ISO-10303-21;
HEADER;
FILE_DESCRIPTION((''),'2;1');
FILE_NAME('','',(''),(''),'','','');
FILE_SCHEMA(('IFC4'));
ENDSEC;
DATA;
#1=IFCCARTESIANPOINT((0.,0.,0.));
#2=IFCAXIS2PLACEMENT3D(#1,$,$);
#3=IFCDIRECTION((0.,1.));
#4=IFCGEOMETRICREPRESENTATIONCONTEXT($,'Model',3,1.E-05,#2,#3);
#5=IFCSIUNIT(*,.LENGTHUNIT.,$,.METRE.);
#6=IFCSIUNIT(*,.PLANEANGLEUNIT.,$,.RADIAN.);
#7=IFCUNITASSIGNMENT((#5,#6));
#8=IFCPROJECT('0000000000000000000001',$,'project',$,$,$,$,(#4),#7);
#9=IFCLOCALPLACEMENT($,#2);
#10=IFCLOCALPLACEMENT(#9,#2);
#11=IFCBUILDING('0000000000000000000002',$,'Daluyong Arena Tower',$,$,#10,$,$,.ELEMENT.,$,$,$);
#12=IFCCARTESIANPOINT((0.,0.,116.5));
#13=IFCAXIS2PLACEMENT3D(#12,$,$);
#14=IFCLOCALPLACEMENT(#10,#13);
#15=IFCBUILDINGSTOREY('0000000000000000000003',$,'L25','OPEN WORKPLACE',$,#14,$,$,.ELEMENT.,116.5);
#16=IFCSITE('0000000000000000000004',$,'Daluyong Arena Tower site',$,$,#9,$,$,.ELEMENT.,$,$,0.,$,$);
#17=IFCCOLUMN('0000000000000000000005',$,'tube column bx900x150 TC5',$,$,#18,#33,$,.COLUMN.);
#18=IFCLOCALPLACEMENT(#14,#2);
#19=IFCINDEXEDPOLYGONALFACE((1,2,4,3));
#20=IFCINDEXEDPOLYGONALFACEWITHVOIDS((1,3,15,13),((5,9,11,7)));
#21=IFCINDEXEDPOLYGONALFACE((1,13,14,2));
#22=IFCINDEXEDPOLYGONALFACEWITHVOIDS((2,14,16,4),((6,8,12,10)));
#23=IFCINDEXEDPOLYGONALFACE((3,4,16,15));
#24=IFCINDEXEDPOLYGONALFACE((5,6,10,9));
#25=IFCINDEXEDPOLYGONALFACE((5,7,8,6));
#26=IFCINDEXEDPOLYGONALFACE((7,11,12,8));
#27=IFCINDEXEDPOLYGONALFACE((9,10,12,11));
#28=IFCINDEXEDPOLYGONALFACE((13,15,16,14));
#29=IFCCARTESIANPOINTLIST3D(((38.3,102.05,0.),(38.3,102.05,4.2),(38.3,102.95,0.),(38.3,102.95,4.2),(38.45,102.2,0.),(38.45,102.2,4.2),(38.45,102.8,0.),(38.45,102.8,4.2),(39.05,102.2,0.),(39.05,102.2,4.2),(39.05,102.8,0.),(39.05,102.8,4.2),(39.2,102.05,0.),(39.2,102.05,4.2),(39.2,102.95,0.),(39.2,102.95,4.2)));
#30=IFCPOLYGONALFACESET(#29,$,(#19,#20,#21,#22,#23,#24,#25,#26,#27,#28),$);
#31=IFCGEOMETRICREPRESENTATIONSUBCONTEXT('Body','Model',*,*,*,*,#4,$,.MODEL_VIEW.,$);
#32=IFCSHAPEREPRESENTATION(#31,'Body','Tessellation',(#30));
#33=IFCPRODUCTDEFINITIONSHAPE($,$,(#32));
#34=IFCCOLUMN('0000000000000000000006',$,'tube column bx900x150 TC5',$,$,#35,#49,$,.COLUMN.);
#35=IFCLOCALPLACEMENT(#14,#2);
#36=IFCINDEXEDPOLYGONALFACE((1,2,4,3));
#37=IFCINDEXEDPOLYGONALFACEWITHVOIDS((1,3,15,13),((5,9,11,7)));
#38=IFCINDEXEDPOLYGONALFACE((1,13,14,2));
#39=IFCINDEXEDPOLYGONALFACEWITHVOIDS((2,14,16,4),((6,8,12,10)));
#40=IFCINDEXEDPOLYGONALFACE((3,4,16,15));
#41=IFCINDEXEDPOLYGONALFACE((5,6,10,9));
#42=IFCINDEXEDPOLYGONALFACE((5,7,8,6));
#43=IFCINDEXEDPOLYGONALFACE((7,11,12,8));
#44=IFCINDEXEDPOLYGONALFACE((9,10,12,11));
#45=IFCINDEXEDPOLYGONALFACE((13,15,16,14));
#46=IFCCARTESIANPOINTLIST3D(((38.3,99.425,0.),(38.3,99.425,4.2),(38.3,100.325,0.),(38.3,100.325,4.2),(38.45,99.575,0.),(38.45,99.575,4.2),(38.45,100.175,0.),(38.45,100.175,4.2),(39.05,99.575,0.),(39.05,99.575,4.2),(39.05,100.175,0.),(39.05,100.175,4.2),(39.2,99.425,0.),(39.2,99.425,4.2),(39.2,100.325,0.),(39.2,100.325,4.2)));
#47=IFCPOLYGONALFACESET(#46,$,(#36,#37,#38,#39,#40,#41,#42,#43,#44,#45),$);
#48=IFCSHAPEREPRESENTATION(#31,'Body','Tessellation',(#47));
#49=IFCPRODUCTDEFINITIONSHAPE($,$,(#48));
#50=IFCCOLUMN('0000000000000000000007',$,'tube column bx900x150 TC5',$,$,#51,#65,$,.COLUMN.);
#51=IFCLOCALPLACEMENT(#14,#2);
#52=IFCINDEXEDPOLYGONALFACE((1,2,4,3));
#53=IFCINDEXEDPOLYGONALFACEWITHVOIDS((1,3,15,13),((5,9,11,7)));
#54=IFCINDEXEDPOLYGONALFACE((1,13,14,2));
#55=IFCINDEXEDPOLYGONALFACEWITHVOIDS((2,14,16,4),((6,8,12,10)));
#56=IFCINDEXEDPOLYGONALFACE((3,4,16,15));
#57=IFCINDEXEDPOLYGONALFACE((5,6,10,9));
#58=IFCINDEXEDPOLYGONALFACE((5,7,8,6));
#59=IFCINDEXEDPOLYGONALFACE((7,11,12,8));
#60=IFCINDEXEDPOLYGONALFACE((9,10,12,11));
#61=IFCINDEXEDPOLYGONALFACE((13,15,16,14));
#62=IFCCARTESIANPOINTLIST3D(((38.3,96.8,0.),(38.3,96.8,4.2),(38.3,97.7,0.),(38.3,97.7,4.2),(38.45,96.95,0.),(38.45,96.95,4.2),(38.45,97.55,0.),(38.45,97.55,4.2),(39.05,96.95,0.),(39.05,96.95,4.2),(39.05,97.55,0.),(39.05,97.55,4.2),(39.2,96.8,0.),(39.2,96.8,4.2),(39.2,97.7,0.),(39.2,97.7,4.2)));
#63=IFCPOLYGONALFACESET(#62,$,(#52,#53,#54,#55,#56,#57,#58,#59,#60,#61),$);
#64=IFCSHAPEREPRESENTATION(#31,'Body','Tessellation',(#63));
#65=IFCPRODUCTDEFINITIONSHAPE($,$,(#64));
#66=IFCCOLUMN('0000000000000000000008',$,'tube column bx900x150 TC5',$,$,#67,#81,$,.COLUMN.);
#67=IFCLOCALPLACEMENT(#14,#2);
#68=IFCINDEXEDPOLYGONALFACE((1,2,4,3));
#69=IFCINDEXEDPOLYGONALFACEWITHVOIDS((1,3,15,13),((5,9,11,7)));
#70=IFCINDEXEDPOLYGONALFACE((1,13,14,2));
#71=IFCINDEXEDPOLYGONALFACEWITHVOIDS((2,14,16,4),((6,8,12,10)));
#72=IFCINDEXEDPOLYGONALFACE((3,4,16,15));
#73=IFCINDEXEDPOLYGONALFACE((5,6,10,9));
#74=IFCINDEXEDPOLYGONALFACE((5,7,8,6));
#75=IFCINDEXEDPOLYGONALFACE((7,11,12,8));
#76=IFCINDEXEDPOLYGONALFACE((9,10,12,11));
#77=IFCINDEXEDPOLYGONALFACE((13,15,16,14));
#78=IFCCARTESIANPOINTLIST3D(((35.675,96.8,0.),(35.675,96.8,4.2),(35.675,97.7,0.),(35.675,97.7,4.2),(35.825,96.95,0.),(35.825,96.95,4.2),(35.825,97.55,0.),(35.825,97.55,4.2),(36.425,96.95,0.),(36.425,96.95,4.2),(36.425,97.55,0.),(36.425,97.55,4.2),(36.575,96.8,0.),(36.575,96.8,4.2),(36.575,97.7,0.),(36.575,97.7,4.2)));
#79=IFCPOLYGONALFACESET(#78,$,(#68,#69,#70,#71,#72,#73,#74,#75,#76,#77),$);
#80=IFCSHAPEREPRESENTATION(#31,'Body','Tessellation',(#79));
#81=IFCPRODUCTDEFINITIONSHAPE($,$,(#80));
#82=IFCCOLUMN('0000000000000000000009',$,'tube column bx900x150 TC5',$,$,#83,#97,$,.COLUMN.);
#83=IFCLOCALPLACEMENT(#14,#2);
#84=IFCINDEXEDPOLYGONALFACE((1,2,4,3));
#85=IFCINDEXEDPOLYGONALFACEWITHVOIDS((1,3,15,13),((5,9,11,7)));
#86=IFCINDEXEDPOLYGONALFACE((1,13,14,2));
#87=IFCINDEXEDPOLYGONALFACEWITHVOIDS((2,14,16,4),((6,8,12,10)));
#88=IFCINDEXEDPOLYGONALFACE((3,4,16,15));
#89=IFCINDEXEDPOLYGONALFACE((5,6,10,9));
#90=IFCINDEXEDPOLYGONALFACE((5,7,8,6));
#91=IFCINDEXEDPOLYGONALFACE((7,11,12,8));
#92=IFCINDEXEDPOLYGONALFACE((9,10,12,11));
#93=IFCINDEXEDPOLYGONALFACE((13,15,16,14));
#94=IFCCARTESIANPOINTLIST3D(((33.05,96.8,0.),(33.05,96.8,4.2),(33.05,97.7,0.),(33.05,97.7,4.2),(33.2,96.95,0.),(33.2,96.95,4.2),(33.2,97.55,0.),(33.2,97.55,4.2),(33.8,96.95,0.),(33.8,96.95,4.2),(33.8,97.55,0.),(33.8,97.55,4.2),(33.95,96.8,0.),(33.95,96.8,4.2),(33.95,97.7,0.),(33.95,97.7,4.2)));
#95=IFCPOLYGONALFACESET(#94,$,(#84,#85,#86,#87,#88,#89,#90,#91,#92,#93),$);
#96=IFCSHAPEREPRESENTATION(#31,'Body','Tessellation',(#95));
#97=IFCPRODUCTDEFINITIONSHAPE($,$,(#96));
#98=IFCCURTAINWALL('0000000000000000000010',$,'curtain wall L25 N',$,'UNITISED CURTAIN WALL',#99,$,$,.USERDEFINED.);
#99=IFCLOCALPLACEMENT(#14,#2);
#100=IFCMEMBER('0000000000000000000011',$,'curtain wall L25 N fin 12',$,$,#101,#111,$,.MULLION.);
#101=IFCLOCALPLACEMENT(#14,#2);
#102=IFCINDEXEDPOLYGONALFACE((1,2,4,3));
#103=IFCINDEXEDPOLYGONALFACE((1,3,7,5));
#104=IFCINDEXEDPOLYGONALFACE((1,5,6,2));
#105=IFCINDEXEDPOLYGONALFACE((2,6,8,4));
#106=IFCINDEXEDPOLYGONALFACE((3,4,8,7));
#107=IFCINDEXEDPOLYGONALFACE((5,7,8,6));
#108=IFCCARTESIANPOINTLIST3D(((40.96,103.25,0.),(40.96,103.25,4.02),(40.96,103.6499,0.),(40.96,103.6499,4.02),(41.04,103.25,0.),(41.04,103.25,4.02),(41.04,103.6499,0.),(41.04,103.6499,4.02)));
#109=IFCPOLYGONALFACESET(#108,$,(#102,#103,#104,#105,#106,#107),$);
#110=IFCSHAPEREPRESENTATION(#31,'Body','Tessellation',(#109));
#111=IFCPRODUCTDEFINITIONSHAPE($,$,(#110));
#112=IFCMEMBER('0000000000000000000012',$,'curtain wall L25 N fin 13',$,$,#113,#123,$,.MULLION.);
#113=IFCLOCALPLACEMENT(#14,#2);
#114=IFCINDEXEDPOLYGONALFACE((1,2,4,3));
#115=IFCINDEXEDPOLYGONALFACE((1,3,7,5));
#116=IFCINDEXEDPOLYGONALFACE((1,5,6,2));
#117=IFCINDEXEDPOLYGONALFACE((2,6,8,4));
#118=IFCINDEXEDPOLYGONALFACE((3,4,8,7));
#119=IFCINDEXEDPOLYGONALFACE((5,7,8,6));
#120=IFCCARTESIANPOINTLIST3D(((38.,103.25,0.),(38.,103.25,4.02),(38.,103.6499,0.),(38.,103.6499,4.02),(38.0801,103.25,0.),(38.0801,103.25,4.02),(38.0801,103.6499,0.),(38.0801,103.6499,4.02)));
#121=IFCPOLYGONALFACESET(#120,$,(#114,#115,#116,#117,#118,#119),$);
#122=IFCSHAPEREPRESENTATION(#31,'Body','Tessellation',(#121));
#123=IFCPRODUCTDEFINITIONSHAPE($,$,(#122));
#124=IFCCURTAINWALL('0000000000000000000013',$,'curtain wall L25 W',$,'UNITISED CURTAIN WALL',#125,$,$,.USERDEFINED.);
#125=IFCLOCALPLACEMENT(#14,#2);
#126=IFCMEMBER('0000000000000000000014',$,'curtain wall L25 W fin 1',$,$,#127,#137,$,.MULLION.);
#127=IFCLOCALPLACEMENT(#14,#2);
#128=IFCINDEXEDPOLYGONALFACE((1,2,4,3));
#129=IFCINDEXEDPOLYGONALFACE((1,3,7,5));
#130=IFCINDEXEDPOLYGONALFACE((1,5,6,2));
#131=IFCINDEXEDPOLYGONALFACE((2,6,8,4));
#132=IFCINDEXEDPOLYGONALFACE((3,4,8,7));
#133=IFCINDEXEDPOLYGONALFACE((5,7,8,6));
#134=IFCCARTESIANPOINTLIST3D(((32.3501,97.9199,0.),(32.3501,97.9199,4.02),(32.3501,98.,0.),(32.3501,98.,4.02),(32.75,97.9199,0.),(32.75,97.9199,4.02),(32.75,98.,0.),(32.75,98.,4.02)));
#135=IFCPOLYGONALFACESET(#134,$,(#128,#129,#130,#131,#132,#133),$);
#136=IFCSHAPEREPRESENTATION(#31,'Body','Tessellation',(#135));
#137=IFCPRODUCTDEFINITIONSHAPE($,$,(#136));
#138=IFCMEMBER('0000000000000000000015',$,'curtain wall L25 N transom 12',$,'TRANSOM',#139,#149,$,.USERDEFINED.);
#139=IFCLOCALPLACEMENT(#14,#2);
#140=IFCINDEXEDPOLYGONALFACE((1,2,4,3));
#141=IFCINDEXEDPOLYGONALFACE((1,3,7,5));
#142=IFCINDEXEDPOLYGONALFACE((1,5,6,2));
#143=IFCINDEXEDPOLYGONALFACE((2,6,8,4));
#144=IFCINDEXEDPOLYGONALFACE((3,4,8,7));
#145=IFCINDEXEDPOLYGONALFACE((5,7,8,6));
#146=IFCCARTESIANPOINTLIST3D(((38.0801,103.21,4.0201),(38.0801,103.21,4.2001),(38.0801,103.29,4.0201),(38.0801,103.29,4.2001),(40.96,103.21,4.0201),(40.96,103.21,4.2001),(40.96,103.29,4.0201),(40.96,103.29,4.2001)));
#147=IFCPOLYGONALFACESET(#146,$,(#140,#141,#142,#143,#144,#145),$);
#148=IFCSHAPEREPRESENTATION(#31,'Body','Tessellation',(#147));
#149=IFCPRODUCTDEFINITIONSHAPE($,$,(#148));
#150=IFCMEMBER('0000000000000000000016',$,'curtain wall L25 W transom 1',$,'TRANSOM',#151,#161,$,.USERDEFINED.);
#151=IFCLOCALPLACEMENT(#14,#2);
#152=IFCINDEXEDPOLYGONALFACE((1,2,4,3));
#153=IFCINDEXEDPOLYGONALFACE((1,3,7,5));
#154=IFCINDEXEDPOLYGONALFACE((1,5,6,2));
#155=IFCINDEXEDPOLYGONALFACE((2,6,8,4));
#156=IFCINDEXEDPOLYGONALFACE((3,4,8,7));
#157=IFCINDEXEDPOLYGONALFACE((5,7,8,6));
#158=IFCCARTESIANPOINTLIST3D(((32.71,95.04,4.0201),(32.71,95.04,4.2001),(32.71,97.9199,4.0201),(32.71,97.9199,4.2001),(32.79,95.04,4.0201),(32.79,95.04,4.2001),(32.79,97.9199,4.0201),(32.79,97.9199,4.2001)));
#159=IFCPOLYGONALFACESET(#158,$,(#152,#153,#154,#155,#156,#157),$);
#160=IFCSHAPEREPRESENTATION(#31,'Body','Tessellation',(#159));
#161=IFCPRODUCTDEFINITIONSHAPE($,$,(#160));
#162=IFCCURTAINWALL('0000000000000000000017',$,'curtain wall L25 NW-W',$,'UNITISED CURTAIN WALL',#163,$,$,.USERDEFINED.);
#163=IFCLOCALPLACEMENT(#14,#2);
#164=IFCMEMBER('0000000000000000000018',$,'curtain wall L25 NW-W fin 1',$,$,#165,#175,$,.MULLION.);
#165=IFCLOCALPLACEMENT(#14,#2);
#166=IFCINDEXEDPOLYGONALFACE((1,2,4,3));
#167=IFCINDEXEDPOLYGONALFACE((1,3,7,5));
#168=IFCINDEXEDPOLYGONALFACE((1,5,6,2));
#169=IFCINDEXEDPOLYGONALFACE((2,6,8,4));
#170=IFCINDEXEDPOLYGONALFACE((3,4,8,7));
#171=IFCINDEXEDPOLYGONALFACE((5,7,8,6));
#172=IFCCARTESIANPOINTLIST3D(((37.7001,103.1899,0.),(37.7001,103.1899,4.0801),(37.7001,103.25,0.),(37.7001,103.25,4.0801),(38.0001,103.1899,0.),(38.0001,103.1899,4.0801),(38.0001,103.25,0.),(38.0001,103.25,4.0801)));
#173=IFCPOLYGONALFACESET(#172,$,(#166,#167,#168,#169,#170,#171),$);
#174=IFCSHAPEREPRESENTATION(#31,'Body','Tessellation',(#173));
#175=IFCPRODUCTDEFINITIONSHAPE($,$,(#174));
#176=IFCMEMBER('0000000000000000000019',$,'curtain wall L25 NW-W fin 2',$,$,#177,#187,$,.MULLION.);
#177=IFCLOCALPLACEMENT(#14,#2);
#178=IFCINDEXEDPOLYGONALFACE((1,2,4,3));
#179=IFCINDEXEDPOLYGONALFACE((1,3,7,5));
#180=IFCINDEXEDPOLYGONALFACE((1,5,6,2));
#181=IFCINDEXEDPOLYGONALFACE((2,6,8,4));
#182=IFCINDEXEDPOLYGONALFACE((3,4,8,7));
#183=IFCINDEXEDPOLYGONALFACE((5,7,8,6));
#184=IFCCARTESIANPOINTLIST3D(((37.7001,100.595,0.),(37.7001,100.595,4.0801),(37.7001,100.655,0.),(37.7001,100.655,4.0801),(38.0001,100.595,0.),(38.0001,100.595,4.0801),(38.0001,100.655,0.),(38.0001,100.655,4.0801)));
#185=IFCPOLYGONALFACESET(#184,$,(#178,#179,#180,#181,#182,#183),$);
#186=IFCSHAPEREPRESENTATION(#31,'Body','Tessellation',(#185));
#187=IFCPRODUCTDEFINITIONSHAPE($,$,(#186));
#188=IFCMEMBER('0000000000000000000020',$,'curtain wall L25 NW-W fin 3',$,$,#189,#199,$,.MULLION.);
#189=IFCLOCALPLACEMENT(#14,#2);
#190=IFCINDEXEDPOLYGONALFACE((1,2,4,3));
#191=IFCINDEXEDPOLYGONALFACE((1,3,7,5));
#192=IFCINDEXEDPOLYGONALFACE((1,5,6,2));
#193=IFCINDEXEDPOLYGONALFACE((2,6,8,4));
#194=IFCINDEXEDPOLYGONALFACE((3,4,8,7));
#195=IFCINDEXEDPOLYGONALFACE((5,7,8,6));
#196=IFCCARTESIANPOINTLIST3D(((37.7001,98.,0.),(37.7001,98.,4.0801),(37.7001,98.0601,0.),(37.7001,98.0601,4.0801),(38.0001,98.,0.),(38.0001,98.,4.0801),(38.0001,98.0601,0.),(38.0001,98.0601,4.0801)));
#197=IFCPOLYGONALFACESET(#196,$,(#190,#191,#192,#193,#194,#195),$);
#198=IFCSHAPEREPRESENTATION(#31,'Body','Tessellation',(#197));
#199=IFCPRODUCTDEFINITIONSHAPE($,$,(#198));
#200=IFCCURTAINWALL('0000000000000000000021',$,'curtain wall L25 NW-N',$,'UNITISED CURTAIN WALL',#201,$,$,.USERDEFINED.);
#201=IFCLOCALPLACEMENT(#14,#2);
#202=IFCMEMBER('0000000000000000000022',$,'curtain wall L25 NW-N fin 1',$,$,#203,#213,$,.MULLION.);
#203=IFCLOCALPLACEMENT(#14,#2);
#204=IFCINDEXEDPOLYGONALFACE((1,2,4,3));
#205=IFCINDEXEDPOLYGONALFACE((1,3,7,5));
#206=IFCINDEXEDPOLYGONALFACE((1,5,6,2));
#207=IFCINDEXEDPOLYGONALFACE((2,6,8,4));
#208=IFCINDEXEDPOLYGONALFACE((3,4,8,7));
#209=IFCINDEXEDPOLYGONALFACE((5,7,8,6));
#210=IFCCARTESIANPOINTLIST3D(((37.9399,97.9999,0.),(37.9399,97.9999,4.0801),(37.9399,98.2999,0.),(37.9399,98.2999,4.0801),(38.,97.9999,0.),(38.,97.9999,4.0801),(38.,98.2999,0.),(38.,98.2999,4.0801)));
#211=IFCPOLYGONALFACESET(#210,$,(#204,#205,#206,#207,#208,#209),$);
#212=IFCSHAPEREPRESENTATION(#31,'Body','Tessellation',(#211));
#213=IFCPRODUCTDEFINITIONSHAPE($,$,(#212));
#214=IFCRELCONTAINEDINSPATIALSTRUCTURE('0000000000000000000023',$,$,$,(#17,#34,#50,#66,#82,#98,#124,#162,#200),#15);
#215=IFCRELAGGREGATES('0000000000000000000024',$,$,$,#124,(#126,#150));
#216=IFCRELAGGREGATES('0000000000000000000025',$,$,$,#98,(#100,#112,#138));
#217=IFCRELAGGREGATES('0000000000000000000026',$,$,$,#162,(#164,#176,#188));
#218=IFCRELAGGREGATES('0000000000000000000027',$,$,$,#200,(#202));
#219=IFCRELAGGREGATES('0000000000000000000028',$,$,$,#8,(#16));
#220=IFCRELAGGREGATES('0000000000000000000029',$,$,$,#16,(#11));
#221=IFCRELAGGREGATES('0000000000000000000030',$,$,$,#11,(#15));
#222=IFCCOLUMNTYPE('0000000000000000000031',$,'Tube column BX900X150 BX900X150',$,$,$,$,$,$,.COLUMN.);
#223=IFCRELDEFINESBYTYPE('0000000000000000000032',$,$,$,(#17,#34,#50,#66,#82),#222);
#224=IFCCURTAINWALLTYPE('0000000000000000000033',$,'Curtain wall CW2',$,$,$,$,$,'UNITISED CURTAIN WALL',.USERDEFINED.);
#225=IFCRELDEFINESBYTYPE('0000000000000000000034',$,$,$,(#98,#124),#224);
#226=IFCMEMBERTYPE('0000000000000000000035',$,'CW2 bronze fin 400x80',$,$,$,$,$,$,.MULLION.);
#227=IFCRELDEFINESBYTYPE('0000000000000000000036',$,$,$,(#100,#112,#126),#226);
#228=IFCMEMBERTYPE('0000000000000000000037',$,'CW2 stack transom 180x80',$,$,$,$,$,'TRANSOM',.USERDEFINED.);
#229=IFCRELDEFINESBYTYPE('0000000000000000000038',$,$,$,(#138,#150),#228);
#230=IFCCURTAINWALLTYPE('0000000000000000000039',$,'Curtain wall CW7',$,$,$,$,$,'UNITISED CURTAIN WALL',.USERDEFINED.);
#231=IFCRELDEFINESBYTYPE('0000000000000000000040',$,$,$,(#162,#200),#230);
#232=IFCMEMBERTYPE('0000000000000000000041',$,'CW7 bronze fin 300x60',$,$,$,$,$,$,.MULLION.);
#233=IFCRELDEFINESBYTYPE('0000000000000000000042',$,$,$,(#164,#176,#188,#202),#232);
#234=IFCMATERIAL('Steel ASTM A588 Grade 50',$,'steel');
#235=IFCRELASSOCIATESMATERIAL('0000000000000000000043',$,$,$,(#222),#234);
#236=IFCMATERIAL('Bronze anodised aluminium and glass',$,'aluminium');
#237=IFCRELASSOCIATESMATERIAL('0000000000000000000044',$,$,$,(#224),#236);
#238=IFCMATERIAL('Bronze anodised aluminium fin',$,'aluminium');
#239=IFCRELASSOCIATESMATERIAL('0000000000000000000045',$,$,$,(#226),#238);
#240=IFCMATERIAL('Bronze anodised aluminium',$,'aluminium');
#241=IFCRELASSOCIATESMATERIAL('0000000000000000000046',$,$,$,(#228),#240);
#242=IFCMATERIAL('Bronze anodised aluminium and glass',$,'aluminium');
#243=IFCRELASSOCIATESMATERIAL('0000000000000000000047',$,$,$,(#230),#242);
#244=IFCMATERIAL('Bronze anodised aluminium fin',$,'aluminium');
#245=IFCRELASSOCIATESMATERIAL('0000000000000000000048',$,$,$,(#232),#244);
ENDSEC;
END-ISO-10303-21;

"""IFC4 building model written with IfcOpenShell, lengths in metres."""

from ifc_helpers import new_model, si_unit, direction, frame, origin, origin_2d, place, context, subcontext, project, spatial, rectangle, hollow_rectangle, extrude, material, material_profile, profile_set, type_object, element, aggregate, save


model = new_model("IFC4")

# Units and contexts
model_context = context("Model", 3, precision=1e-05, world=origin(), true_north=direction((0.0, 1.0)))
body_context = subcontext(model_context, "Body", "Model", "MODEL_VIEW")
ifc_project = project(units=[si_unit("LENGTHUNIT", "METRE"), si_unit("PLANEANGLEUNIT", "RADIAN")], contexts=[model_context])

# Site, building, storey
site_placement = place(None, origin())
site = spatial("IfcSite", under=ifc_project, at=site_placement, Name="Daluyong Arena Tower site", CompositionType="ELEMENT", RefElevation=0.0)
building_placement = place(site_placement, origin())
building = spatial("IfcBuilding", under=site, at=building_placement, Name="Daluyong Arena Tower", CompositionType="ELEMENT")
storey_placement = place(building_placement, frame((0.0, 0.0, 116.5)))
storey = spatial("IfcBuildingStorey", under=building, at=storey_placement, Name="L25", Description="OPEN WORKPLACE", CompositionType="ELEMENT", Elevation=116.5)

# Columns
ifc_material_1 = material(Name="Steel ASTM A588 Grade 50", Category="steel")
ifc_material_profile_1 = material_profile(ifc_material_1, hollow_rectangle(XDim=0.8999, YDim=0.8999, WallThickness=0.15, at=origin_2d()))
ifc_profile_set_1 = profile_set([ifc_material_profile_1], Name="Steel ASTM A588 Grade 50")
column_type = type_object("IfcColumnType", Name="Tube column BX900X150 BX900X150", PredefinedType="COLUMN", material=ifc_profile_set_1)
for number, where, z_axis, x_axis, name in (
    (1, (38.75, 102.5, 0.0), (0.0, 0.0, 1.0), (0.0, 1.0, 0.0), "tube column bx900x150 TC5"),
    (2, (38.75, 99.875, 0.0), (0.0, 0.0, 1.0), (0.0, 1.0, 0.0), "tube column bx900x150 TC5"),
    (3, (38.75, 97.25, 0.0), (0.0, 0.0, 1.0), (1.0, 0.0, 0.0), "tube column bx900x150 TC5"),
    (4, (36.125, 97.25, 0.0), (0.0, 0.0, 1.0), (1.0, 0.0, 0.0), "tube column bx900x150 TC5"),
    (5, (33.5, 97.25, 0.0), (0.0, 0.0, 1.0), (0.0, 1.0, 0.0), "tube column bx900x150 TC5"),
):
    element("IfcColumn", number, at=place(storey_placement, frame(where, z_axis=z_axis, x_axis=x_axis)), inside=storey, type_object=column_type, Name=name, PredefinedType="COLUMN", context=body_context, shape_type="SweptSolid", body=[
        extrude(hollow_rectangle(XDim=0.8999, YDim=0.8999, WallThickness=0.15, at=origin_2d()), origin(), (0.0, 0.0, 1.0), 4.2),
    ])

# Curtain wall, members
ifc_material_2 = material(Name="Bronze anodised aluminium and glass", Category="aluminium")
curtain_wall_type_1 = type_object("IfcCurtainWallType", Name="Curtain wall CW2", ElementType="UNITISED CURTAIN WALL", PredefinedType="USERDEFINED", material=ifc_material_2)
curtain_wall_1_placement = place(storey_placement, origin())
curtain_wall_1 = element("IfcCurtainWall", 6, at=curtain_wall_1_placement, inside=storey, type_object=curtain_wall_type_1, Name="curtain wall L25 N", ObjectType="UNITISED CURTAIN WALL", PredefinedType="USERDEFINED")
ifc_material_3 = material(Name="Bronze anodised aluminium fin", Category="aluminium")
ifc_material_profile_2 = material_profile(ifc_material_3, rectangle(XDim=0.3999, YDim=0.0801, at=origin_2d()))
ifc_profile_set_2 = profile_set([ifc_material_profile_2], Name="Bronze anodised aluminium fin")
member_type_1 = type_object("IfcMemberType", Name="CW2 bronze fin 400x80", PredefinedType="MULLION", material=ifc_profile_set_2)
member_1_placement = place(storey_placement, frame((41.0, 103.45, 0.0), z_axis=(0.0, 0.0, 1.0), x_axis=(0.0, -1.0, 0.0)))
member_1 = element("IfcMember", 7, at=member_1_placement, type_object=member_type_1, Name="curtain wall L25 N fin 12", PredefinedType="MULLION", context=body_context, shape_type="SweptSolid", body=[
    extrude(rectangle(XDim=0.3999, YDim=0.0801, at=origin_2d()), origin(), (0.0, 0.0, 1.0), 4.02),
])
member_2_placement = place(storey_placement, frame((38.04, 103.45, 0.0), z_axis=(0.0, 0.0, 1.0), x_axis=(0.0, -1.0, 0.0)))
member_2 = element("IfcMember", 8, at=member_2_placement, type_object=member_type_1, Name="curtain wall L25 N fin 13", PredefinedType="MULLION", context=body_context, shape_type="SweptSolid", body=[
    extrude(rectangle(XDim=0.3999, YDim=0.0801, at=origin_2d()), origin(), (0.0, 0.0, 1.0), 4.02),
])

# Curtain wall, member
curtain_wall_2_placement = place(storey_placement, origin())
curtain_wall_2 = element("IfcCurtainWall", 9, at=curtain_wall_2_placement, inside=storey, type_object=curtain_wall_type_1, Name="curtain wall L25 W", ObjectType="UNITISED CURTAIN WALL", PredefinedType="USERDEFINED")
member_3_placement = place(storey_placement, frame((32.55, 97.96, 0.0), z_axis=(0.0, 0.0, 1.0), x_axis=(1.0, 0.0, 0.0)))
member_3 = element("IfcMember", 10, at=member_3_placement, type_object=member_type_1, Name="curtain wall L25 W fin 1", PredefinedType="MULLION", context=body_context, shape_type="SweptSolid", body=[
    extrude(rectangle(XDim=0.3999, YDim=0.0801, at=origin_2d()), origin(), (0.0, 0.0, 1.0), 4.02),
])

# Members
ifc_material_4 = material(Name="Bronze anodised aluminium", Category="aluminium")
ifc_material_profile_3 = material_profile(ifc_material_4, rectangle(XDim=0.0801, YDim=0.1799, at=origin_2d()))
ifc_profile_set_3 = profile_set([ifc_material_profile_3], Name="Bronze anodised aluminium")
member_type_2 = type_object("IfcMemberType", Name="CW2 stack transom 180x80", ElementType="TRANSOM", PredefinedType="USERDEFINED", material=ifc_profile_set_3)
member_4_placement = place(storey_placement, frame((40.96, 103.25, 4.1101), z_axis=(-1.0, 0.0, 0.0), x_axis=(0.0, -1.0, 0.0)))
member_4 = element("IfcMember", 11, at=member_4_placement, type_object=member_type_2, Name="curtain wall L25 N transom 12", ObjectType="TRANSOM", PredefinedType="USERDEFINED", context=body_context, shape_type="SweptSolid", body=[
    extrude(rectangle(XDim=0.0801, YDim=0.1799, at=origin_2d()), origin(), (0.0, 0.0, 1.0), 2.8799),
])
member_5_placement = place(storey_placement, frame((32.75, 97.9199, 4.1101), z_axis=(0.0, -1.0, 0.0), x_axis=(1.0, 0.0, 0.0)))
member_5 = element("IfcMember", 12, at=member_5_placement, type_object=member_type_2, Name="curtain wall L25 W transom 1", ObjectType="TRANSOM", PredefinedType="USERDEFINED", context=body_context, shape_type="SweptSolid", body=[
    extrude(rectangle(XDim=0.0801, YDim=0.1799, at=origin_2d()), origin(), (0.0, 0.0, 1.0), 2.8799),
])
aggregate(curtain_wall_2, [member_3, member_5])

# Curtain walls, members
ifc_material_5 = material(Name="Bronze anodised aluminium and glass", Category="aluminium")
curtain_wall_type_2 = type_object("IfcCurtainWallType", Name="Curtain wall CW7", ElementType="UNITISED CURTAIN WALL", PredefinedType="USERDEFINED", material=ifc_material_5)
curtain_wall_3_placement = place(storey_placement, origin())
curtain_wall_3 = element("IfcCurtainWall", 13, at=curtain_wall_3_placement, inside=storey, type_object=curtain_wall_type_2, Name="curtain wall L25 NW-W", ObjectType="UNITISED CURTAIN WALL", PredefinedType="USERDEFINED")
ifc_material_6 = material(Name="Bronze anodised aluminium fin", Category="aluminium")
ifc_material_profile_4 = material_profile(ifc_material_6, rectangle(XDim=0.3, YDim=0.0601, at=origin_2d()))
ifc_profile_set_4 = profile_set([ifc_material_profile_4], Name="Bronze anodised aluminium fin")
member_type_3 = type_object("IfcMemberType", Name="CW7 bronze fin 300x60", PredefinedType="MULLION", material=ifc_profile_set_4)
member_6_placement = place(storey_placement, frame((37.8501, 103.22, 0.0), z_axis=(0.0, 0.0, 1.0), x_axis=(1.0, 0.0, 0.0)))
member_6 = element("IfcMember", 14, at=member_6_placement, type_object=member_type_3, Name="curtain wall L25 NW-W fin 1", PredefinedType="MULLION", context=body_context, shape_type="SweptSolid", body=[
    extrude(rectangle(XDim=0.3, YDim=0.0601, at=origin_2d()), origin(), (0.0, 0.0, 1.0), 4.0801),
])
member_7_placement = place(storey_placement, frame((37.8501, 100.625, 0.0), z_axis=(0.0, 0.0, 1.0), x_axis=(1.0, 0.0, 0.0)))
member_7 = element("IfcMember", 15, at=member_7_placement, type_object=member_type_3, Name="curtain wall L25 NW-W fin 2", PredefinedType="MULLION", context=body_context, shape_type="SweptSolid", body=[
    extrude(rectangle(XDim=0.3, YDim=0.0601, at=origin_2d()), origin(), (0.0, 0.0, 1.0), 4.0801),
])
member_8_placement = place(storey_placement, frame((37.8501, 98.03, 0.0), z_axis=(0.0, 0.0, 1.0), x_axis=(1.0, 0.0, 0.0)))
member_8 = element("IfcMember", 16, at=member_8_placement, type_object=member_type_3, Name="curtain wall L25 NW-W fin 3", PredefinedType="MULLION", context=body_context, shape_type="SweptSolid", body=[
    extrude(rectangle(XDim=0.3, YDim=0.0601, at=origin_2d()), origin(), (0.0, 0.0, 1.0), 4.0801),
])
curtain_wall_4_placement = place(storey_placement, origin())
curtain_wall_4 = element("IfcCurtainWall", 17, at=curtain_wall_4_placement, inside=storey, type_object=curtain_wall_type_2, Name="curtain wall L25 NW-N", ObjectType="UNITISED CURTAIN WALL", PredefinedType="USERDEFINED")
member_9_placement = place(storey_placement, frame((37.97, 98.1499, 0.0), z_axis=(0.0, 0.0, 1.0), x_axis=(0.0, -1.0, 0.0)))
member_9 = element("IfcMember", 18, at=member_9_placement, type_object=member_type_3, Name="curtain wall L25 NW-N fin 1", PredefinedType="MULLION", context=body_context, shape_type="SweptSolid", body=[
    extrude(rectangle(XDim=0.3, YDim=0.0601, at=origin_2d()), origin(), (0.0, 0.0, 1.0), 4.0801),
])

aggregate(curtain_wall_1, [member_1, member_2, member_4])
aggregate(curtain_wall_3, [member_6, member_7, member_8])
aggregate(curtain_wall_4, [member_9])

save(model, "model.ifc")
